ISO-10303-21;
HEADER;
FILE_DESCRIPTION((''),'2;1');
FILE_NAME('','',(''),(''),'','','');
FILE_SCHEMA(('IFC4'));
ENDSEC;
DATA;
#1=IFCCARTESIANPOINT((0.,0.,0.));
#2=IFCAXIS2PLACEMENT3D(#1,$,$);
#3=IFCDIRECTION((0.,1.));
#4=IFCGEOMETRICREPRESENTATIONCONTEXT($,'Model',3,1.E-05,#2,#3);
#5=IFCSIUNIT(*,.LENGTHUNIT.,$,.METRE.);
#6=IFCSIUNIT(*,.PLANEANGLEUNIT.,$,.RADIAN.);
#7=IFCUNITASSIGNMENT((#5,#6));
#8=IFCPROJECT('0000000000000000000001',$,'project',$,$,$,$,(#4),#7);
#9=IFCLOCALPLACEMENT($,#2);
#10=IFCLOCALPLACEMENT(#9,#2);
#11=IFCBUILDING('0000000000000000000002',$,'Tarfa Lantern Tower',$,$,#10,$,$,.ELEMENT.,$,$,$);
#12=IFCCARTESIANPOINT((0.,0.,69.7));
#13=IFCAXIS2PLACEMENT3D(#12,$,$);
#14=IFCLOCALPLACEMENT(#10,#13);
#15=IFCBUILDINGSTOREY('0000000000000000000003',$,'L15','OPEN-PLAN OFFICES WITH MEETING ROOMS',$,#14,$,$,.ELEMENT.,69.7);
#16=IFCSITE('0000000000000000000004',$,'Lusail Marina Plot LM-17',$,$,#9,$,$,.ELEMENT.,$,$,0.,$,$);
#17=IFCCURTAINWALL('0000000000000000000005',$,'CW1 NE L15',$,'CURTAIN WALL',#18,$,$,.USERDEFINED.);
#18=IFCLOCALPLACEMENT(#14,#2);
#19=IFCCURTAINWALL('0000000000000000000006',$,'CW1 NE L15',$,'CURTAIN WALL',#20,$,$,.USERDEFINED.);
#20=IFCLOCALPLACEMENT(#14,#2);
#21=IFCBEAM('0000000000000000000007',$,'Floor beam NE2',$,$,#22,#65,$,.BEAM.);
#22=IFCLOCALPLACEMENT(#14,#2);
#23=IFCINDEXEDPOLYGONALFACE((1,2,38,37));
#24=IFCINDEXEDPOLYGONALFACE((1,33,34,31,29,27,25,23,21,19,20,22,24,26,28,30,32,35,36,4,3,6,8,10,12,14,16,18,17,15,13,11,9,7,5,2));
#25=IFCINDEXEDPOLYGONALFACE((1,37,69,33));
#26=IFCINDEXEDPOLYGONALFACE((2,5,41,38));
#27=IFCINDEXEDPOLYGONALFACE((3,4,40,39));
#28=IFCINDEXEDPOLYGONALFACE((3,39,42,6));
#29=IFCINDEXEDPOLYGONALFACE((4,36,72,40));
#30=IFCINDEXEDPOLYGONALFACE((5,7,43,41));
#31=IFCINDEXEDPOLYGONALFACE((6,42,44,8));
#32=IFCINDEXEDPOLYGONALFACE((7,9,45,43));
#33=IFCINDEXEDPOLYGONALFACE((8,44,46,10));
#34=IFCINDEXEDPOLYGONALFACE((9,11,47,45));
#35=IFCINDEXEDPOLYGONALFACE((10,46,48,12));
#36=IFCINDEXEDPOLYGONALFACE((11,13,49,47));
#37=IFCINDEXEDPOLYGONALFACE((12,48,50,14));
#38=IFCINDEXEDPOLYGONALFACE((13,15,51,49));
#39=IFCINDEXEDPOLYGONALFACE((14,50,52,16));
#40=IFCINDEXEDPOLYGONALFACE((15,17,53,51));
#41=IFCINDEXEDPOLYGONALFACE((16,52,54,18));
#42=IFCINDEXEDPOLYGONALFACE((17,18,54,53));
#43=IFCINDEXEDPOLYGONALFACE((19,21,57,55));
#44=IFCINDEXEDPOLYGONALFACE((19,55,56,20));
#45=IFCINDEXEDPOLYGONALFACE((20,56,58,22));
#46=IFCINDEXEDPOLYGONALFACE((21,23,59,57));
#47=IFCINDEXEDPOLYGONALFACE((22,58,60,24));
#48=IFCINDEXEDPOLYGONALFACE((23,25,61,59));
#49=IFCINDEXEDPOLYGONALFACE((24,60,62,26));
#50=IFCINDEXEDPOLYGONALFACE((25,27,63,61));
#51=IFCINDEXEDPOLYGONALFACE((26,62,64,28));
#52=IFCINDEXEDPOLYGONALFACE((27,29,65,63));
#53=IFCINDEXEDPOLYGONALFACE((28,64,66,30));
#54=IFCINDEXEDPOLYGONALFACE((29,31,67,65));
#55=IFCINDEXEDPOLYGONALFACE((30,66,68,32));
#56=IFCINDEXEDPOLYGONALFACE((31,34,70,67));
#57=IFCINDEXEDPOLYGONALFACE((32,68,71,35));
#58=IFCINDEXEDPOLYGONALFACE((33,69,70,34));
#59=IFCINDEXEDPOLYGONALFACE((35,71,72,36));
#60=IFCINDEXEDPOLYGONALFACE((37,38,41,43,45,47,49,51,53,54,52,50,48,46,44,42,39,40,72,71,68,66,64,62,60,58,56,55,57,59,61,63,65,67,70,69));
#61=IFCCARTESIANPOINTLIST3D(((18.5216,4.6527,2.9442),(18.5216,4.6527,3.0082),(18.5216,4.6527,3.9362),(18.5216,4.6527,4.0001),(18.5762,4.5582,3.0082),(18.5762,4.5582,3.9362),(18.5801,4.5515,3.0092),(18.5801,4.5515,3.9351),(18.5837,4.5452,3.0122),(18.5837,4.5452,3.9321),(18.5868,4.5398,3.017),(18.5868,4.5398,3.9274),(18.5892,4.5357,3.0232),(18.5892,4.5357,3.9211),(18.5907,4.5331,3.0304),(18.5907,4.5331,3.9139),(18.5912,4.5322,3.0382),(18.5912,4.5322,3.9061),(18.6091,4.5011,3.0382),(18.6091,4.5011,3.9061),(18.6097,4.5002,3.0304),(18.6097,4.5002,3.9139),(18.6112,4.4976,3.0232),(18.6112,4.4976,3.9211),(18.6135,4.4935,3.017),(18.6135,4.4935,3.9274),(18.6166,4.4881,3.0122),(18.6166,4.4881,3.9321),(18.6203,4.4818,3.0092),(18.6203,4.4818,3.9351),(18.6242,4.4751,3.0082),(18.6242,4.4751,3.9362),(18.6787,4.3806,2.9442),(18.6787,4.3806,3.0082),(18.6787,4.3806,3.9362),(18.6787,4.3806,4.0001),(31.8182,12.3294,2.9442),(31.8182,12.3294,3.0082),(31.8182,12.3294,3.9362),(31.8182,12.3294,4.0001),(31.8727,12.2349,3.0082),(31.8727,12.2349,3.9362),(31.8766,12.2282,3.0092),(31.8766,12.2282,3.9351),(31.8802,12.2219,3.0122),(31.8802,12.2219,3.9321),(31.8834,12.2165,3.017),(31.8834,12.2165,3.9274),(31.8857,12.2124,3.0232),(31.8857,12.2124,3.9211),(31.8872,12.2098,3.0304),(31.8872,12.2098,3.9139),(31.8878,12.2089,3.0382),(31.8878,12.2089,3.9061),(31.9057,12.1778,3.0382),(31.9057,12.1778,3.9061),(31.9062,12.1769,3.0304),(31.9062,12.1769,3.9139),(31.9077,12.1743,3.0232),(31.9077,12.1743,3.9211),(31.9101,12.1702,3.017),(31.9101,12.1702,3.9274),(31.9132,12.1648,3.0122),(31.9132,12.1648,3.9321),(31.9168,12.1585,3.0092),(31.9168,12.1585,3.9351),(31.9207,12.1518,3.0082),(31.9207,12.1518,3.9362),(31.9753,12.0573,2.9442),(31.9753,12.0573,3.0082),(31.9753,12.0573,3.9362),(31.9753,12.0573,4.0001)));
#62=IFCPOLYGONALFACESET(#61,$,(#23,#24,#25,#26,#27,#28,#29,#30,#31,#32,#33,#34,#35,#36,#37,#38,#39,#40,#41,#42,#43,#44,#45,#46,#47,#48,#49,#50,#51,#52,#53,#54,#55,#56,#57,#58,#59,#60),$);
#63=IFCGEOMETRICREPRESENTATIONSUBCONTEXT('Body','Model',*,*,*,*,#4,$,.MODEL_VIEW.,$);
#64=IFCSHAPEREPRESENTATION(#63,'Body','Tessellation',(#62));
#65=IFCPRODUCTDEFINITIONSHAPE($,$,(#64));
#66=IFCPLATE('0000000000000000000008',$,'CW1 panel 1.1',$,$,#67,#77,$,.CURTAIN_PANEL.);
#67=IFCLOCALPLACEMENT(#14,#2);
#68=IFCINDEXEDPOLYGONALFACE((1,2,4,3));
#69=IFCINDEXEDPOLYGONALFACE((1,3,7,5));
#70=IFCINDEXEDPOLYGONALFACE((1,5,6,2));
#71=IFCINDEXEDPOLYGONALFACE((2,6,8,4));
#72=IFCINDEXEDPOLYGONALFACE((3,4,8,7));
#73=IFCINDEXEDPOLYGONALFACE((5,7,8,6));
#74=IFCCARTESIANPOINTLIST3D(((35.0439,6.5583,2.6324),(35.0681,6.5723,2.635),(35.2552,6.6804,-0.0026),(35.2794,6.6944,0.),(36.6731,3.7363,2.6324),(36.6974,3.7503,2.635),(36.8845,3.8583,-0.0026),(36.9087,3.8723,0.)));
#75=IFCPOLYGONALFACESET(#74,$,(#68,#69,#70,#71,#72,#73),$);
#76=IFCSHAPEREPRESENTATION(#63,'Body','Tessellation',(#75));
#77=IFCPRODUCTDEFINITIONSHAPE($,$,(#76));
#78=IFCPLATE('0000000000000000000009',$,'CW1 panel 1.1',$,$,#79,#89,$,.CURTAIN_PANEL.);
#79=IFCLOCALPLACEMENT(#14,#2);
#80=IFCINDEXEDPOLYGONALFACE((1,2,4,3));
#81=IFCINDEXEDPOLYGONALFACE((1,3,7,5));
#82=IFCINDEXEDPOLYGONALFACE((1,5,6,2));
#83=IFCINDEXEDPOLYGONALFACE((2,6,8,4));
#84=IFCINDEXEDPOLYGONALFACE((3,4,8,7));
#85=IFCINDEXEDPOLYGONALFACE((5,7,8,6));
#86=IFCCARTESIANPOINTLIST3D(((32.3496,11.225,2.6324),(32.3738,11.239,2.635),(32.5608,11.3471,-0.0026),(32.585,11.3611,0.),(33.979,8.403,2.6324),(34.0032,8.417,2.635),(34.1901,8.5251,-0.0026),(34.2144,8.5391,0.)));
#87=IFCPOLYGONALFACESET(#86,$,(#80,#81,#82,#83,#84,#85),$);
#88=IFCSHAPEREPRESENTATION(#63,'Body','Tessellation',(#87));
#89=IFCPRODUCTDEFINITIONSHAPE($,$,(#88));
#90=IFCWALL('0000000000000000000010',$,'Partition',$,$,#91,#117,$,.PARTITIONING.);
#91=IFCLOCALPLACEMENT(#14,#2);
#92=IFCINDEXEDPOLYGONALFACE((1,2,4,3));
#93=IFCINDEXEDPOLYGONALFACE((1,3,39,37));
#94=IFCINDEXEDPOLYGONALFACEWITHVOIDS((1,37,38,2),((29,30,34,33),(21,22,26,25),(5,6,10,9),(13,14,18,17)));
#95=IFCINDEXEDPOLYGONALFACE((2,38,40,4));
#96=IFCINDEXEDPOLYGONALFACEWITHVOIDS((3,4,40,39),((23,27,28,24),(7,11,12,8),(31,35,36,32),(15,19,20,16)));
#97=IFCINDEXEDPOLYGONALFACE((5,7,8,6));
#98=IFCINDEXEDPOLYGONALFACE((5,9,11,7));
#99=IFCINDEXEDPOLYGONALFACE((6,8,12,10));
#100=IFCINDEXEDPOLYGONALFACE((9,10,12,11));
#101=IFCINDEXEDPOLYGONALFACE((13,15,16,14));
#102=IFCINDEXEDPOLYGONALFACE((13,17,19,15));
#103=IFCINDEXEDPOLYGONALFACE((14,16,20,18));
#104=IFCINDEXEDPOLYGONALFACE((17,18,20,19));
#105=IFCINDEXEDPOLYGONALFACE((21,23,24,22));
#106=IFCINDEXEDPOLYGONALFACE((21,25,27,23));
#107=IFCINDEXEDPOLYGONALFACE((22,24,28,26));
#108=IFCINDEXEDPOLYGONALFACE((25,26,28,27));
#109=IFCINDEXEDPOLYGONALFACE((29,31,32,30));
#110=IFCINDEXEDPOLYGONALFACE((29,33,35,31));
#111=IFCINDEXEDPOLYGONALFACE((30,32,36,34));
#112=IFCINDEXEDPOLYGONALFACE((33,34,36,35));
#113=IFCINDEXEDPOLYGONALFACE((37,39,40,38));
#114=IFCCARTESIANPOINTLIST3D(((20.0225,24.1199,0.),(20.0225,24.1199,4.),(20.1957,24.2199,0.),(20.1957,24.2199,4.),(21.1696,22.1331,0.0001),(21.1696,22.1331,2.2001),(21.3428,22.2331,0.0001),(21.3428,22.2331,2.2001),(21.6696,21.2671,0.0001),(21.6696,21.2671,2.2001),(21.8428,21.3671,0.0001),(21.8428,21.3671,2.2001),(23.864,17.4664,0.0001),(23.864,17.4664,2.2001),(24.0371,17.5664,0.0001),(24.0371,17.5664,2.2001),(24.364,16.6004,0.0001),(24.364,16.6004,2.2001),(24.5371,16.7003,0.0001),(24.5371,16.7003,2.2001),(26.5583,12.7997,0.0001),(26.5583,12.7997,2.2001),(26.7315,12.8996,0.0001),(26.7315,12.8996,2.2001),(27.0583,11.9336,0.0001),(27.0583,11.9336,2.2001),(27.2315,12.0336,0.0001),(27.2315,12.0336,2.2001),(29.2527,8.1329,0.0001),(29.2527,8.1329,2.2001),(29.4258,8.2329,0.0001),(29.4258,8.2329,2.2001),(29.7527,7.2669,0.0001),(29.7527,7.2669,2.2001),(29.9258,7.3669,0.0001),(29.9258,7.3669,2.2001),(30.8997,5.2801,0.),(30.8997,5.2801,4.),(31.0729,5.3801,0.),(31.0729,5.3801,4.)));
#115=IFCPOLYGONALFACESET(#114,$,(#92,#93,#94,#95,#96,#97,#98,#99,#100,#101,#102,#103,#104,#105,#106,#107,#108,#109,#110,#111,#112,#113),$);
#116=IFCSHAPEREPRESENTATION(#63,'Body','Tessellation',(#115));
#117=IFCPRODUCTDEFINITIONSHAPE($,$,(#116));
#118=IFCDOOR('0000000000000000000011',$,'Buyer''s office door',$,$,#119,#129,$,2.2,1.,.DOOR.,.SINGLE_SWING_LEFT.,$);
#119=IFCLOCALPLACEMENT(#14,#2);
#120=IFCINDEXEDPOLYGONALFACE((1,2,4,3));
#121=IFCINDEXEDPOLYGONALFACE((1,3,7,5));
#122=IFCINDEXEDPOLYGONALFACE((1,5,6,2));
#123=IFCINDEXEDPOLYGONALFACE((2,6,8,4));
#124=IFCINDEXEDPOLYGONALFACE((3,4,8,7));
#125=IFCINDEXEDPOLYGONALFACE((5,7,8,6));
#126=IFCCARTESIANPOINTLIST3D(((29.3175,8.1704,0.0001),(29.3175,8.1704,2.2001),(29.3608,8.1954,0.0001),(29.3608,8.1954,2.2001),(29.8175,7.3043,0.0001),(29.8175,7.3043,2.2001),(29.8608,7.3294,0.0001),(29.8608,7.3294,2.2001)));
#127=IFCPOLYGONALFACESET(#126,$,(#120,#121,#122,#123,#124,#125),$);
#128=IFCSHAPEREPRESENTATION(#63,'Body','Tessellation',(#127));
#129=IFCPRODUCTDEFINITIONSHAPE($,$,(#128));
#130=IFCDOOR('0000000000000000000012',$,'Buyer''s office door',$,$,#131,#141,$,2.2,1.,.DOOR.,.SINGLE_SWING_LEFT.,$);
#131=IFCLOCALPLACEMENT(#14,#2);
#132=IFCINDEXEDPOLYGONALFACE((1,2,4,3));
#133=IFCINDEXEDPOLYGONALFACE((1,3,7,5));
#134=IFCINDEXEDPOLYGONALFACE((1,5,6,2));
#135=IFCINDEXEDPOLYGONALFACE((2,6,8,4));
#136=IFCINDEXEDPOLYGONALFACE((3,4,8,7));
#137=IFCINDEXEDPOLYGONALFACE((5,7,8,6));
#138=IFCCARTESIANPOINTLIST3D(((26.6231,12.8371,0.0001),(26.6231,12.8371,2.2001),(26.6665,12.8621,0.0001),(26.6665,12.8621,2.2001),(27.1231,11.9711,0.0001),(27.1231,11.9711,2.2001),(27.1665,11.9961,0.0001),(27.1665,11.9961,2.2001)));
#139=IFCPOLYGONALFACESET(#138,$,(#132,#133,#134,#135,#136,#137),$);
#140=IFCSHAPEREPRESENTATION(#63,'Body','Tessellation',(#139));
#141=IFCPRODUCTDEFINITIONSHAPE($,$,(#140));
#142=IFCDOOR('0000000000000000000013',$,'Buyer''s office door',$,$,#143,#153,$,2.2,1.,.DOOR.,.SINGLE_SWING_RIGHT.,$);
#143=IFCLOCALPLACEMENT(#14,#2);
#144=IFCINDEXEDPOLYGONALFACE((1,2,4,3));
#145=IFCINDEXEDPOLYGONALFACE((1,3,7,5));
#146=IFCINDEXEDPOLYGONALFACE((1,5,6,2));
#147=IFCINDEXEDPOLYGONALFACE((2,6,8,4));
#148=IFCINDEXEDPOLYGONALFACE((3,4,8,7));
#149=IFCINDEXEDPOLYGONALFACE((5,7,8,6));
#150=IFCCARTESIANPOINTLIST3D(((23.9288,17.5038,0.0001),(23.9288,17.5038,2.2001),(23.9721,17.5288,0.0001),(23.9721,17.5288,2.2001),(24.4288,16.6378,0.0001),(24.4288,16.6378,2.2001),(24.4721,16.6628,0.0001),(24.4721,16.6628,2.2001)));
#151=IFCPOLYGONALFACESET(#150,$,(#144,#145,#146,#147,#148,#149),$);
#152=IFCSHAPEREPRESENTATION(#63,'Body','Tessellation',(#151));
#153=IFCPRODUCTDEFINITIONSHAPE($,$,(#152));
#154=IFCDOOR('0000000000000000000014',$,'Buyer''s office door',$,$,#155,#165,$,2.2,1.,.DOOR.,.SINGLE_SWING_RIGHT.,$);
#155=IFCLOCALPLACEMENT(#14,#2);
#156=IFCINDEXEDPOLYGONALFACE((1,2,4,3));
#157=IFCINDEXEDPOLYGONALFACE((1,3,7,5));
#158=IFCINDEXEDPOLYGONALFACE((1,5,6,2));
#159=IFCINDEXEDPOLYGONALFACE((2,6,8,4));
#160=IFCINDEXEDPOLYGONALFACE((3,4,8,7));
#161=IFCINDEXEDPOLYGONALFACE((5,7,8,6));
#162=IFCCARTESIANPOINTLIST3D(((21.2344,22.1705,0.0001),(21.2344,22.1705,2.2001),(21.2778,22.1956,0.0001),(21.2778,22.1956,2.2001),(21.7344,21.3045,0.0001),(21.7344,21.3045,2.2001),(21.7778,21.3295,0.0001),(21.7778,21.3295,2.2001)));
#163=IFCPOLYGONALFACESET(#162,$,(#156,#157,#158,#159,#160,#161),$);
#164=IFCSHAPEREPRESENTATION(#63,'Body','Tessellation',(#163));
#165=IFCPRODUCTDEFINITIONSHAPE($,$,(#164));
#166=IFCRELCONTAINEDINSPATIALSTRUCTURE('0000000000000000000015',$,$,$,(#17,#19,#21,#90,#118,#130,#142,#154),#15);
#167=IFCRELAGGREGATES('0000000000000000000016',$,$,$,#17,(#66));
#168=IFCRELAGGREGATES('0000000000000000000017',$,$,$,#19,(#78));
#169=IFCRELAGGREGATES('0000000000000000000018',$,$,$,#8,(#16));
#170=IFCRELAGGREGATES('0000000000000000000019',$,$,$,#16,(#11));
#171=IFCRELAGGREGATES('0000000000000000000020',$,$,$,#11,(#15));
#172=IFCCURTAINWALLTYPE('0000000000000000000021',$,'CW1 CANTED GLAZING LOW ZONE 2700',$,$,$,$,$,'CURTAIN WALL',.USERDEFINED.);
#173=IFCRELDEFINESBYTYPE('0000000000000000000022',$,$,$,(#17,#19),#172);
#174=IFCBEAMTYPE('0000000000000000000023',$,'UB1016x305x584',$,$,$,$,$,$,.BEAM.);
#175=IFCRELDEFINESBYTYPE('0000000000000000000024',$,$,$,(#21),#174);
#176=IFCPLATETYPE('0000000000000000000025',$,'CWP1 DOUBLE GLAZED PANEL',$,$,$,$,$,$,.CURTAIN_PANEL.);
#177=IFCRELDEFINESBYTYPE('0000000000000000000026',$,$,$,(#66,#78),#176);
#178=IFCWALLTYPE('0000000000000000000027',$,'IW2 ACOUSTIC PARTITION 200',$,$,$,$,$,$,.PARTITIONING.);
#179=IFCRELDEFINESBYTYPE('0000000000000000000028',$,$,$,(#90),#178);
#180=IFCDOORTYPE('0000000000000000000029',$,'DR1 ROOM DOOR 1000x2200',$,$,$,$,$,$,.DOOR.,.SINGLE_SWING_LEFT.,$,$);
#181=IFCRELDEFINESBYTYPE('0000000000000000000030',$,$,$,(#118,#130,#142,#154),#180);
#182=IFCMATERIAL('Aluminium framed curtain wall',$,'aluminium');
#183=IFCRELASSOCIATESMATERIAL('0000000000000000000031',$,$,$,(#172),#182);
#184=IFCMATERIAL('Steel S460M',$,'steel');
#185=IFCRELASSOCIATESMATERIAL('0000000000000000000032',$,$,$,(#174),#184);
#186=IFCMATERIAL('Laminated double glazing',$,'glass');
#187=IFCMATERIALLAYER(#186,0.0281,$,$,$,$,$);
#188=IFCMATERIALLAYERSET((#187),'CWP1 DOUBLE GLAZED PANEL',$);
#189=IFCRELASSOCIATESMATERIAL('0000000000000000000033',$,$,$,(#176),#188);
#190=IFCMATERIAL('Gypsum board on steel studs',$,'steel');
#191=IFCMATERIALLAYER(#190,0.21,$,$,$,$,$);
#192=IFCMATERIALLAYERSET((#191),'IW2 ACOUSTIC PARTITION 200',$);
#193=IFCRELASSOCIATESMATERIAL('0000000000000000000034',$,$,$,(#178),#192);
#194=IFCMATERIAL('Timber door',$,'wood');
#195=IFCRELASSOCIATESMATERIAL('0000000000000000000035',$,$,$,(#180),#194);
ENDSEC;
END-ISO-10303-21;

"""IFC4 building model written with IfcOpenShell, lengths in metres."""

from ifc_helpers import new_model, si_unit, direction, frame, frame_2d, origin, origin_2d, place, context, subcontext, project, spatial, polyline, rectangle, i_section, outline, extrude, material, layer, layer_set, material_profile, profile_set, type_object, element, fill, aggregate, save


model = new_model("IFC4")

# Units and contexts
model_context = context("Model", 3, precision=1e-05, world=origin(), true_north=direction((0.0, 1.0)))
body_context = subcontext(model_context, "Body", "Model", "MODEL_VIEW")
ifc_project = project(units=[si_unit("LENGTHUNIT", "METRE"), si_unit("PLANEANGLEUNIT", "RADIAN")], contexts=[model_context])

# Site, building, storey
site_placement = place(None, origin())
site = spatial("IfcSite", under=ifc_project, at=site_placement, Name="Lusail Marina Plot LM-17", CompositionType="ELEMENT", RefElevation=0.0)
building_placement = place(site_placement, origin())
building = spatial("IfcBuilding", under=site, at=building_placement, Name="Tarfa Lantern Tower", CompositionType="ELEMENT")
storey_placement = place(building_placement, frame((0.0, 0.0, 69.7)))
storey = spatial("IfcBuildingStorey", under=building, at=storey_placement, Name="L15", Description="OPEN-PLAN OFFICES WITH MEETING ROOMS", CompositionType="ELEMENT", Elevation=69.7)

# Curtain walls
ifc_material_1 = material(Name="Aluminium framed curtain wall", Category="aluminium")
curtain_wall_type = type_object("IfcCurtainWallType", Name="CW1 CANTED GLAZING LOW ZONE 2700", ElementType="CURTAIN WALL", PredefinedType="USERDEFINED", material=ifc_material_1)
curtain_wall_1_placement = place(storey_placement, origin())
curtain_wall_1 = element("IfcCurtainWall", 1, at=curtain_wall_1_placement, inside=storey, type_object=curtain_wall_type, Name="CW1 NE L15", ObjectType="CURTAIN WALL", PredefinedType="USERDEFINED")
curtain_wall_2_placement = place(storey_placement, origin())
curtain_wall_2 = element("IfcCurtainWall", 2, at=curtain_wall_2_placement, inside=storey, type_object=curtain_wall_type, Name="CW1 NE L15", ObjectType="CURTAIN WALL", PredefinedType="USERDEFINED")

# Beam
ifc_material_2 = material(Name="Steel S460M", Category="steel")
ifc_material_profile_1 = material_profile(ifc_material_2, i_section(OverallWidth=0.3142, OverallDepth=1.0559, WebThickness=0.0359, FlangeThickness=0.064, FilletRadius=0.03, at=origin_2d()), Name="UB1016x305x584")
ifc_profile_set_1 = profile_set([ifc_material_profile_1], Name="Steel S460M")
beam_type_1 = type_object("IfcBeamType", Name="UB1016x305x584", PredefinedType="BEAM", material=ifc_profile_set_1)
beam_1_placement = place(storey_placement, frame((31.8967, 12.1934, 3.4722), z_axis=(-0.866027, -0.499997, 0.0), x_axis=(0.499997, -0.866027, 0.0)))
element("IfcBeam", 3, at=beam_1_placement, inside=storey, type_object=beam_type_1, Name="Floor beam NE2", PredefinedType="BEAM", context=body_context, shape_type="SweptSolid", body=[
    extrude(i_section(OverallWidth=0.3142, OverallDepth=1.0559, WebThickness=0.0359, FlangeThickness=0.064, FilletRadius=0.03, at=origin_2d()), origin(), (0.0, 0.0, 1.0), 15.3535),
])

# Plates
ifc_material_3 = material(Name="Laminated double glazing", Category="glass")
ifc_layer_1 = layer(ifc_material_3, 0.0281)
ifc_layer_set_1 = layer_set([ifc_layer_1], Name="CWP1 DOUBLE GLAZED PANEL")
plate_type = type_object("IfcPlateType", Name="CWP1 DOUBLE GLAZED PANEL", PredefinedType="CURTAIN_PANEL", material=ifc_layer_set_1)
plate_1_placement = place(storey_placement, frame((36.9087, 3.8723, 0.0), z_axis=(0.862338, 0.497864, 0.092216), x_axis=(-0.499995, 0.866028, 0.000003)))
plate_1 = element("IfcPlate", 4, at=plate_1_placement, type_object=plate_type, Name="CW1 panel 1.1", PredefinedType="CURTAIN_PANEL", context=body_context, shape_type="SweptSolid", body=[
    extrude(outline(polyline([(0.0, 0.0), (3.2586, 0.0), (3.2585, 2.6463), (0.0, 2.6463), (0.0, 0.0)])), origin(), (0.0, 0.0, -1.0), 0.0281),
])
aggregate(curtain_wall_1, [plate_1])
plate_2_placement = place(storey_placement, frame((34.2144, 8.5391, 0.0), z_axis=(0.862325, 0.497894, 0.092176), x_axis=(-0.500023, 0.866012, 0.0)))
plate_2 = element("IfcPlate", 5, at=plate_2_placement, type_object=plate_type, Name="CW1 panel 1.1", PredefinedType="CURTAIN_PANEL", context=body_context, shape_type="SweptSolid", body=[
    extrude(outline(polyline([(0.0, 0.0), (3.2586, 0.0), (3.2585, 2.6463), (-0.0001, 2.6463), (0.0, 0.0)])), origin(), (0.0, 0.0, -1.0), 0.0281),
])
aggregate(curtain_wall_2, [plate_2])

# Wall, openings, doors
ifc_material_4 = material(Name="Gypsum board on steel studs", Category="steel")
ifc_layer_2 = layer(ifc_material_4, 0.21)
ifc_layer_set_2 = layer_set([ifc_layer_2], Name="IW2 ACOUSTIC PARTITION 200")
wall_type = type_object("IfcWallType", Name="IW2 ACOUSTIC PARTITION 200", PredefinedType="PARTITIONING", material=ifc_layer_set_2)
wall_1_placement = place(storey_placement, frame((30.9863, 5.3301, 0.0), z_axis=(0.0, 0.0, 1.0), x_axis=(-0.5, 0.866025, 0.0)))
wall_1 = element("IfcWall", 6, at=wall_1_placement, inside=storey, type_object=wall_type, Name="Partition", PredefinedType="PARTITIONING", context=body_context, shape_type="SweptSolid", body=[
    extrude(rectangle(XDim=21.7544, YDim=0.2, at=frame_2d((10.8772, 0.0))), origin(), (0.0, 0.0, 1.0), 4.0),
])
opening_1_placement = place(wall_1_placement, frame((2.2942, 0.0, 0.0)))
opening_1 = element("IfcOpeningElement", 7, at=opening_1_placement, cuts=wall_1, PredefinedType="OPENING", context=body_context, shape_type="SweptSolid", body=[
    extrude(rectangle(XDim=1.0, YDim=2.2, at=frame_2d((0.5, 1.1001))), frame((0.0, 0.1099, 0.0), z_axis=(0.0, -1.0, 0.0), x_axis=(1.0, 0.0, 0.0)), (0.0, 0.0, 1.0), 0.22),
])
opening_2_placement = place(wall_1_placement, frame((7.6829, 0.0, 0.0)))
opening_2 = element("IfcOpeningElement", 8, at=opening_2_placement, cuts=wall_1, PredefinedType="OPENING", context=body_context, shape_type="SweptSolid", body=[
    extrude(rectangle(XDim=1.0, YDim=2.2, at=frame_2d((0.5, 1.1001))), frame((0.0, 0.1099, 0.0), z_axis=(0.0, -1.0, 0.0), x_axis=(1.0, 0.0, 0.0)), (0.0, 0.0, 1.0), 0.22),
])
opening_3_placement = place(wall_1_placement, frame((13.0715, 0.0, 0.0)))
opening_3 = element("IfcOpeningElement", 9, at=opening_3_placement, cuts=wall_1, PredefinedType="OPENING", context=body_context, shape_type="SweptSolid", body=[
    extrude(rectangle(XDim=1.0, YDim=2.2, at=frame_2d((0.5, 1.1001))), frame((0.0, 0.1099, 0.0), z_axis=(0.0, -1.0, 0.0), x_axis=(1.0, 0.0, 0.0)), (0.0, 0.0, 1.0), 0.22),
])
opening_4_placement = place(wall_1_placement, frame((18.4602, 0.0, 0.0)))
opening_4 = element("IfcOpeningElement", 10, at=opening_4_placement, cuts=wall_1, PredefinedType="OPENING", context=body_context, shape_type="SweptSolid", body=[
    extrude(rectangle(XDim=1.0, YDim=2.2, at=frame_2d((0.5, 1.1001))), frame((0.0, 0.1099, 0.0), z_axis=(0.0, -1.0, 0.0), x_axis=(1.0, 0.0, 0.0)), (0.0, 0.0, 1.0), 0.22),
])
ifc_material_5 = material(Name="Timber door", Category="wood")
door_type = type_object("IfcDoorType", Name="DR1 ROOM DOOR 1000x2200", OperationType="SINGLE_SWING_LEFT", PredefinedType="DOOR", material=ifc_material_5)
door_1_placement = place(opening_1_placement, frame((1.0, 0.0, 0.0), z_axis=(0.0, 0.0, 1.0), x_axis=(-1.0, 0.0, 0.0)))
door_1 = element("IfcDoor", 11, at=door_1_placement, inside=storey, type_object=door_type, Name="Buyer's office door", OperationType="SINGLE_SWING_LEFT", OverallHeight=2.2, OverallWidth=1.0, PredefinedType="DOOR", context=body_context, shape_type="SweptSolid", body=[
    extrude(rectangle(XDim=1.0, YDim=2.2, at=frame_2d((0.5, 1.1001))), frame((0.0, 0.0249, 0.0), z_axis=(0.0, -1.0, 0.0), x_axis=(1.0, 0.0, 0.0)), (0.0, 0.0, 1.0), 0.05),
])
fill(opening_1, door_1)
door_2_placement = place(opening_2_placement, frame((1.0, 0.0, 0.0), z_axis=(0.0, 0.0, 1.0), x_axis=(-1.0, 0.0, 0.0)))
door_2 = element("IfcDoor", 12, at=door_2_placement, inside=storey, type_object=door_type, Name="Buyer's office door", OperationType="SINGLE_SWING_LEFT", OverallHeight=2.2, OverallWidth=1.0, PredefinedType="DOOR", context=body_context, shape_type="SweptSolid", body=[
    extrude(rectangle(XDim=1.0, YDim=2.2, at=frame_2d((0.5, 1.1001))), frame((0.0, 0.0249, 0.0), z_axis=(0.0, -1.0, 0.0), x_axis=(1.0, 0.0, 0.0)), (0.0, 0.0, 1.0), 0.05),
])
fill(opening_2, door_2)
door_3_placement = place(opening_3_placement, frame((1.0, 0.0, 0.0), z_axis=(0.0, 0.0, 1.0), x_axis=(-1.0, 0.0, 0.0)))
door_3 = element("IfcDoor", 13, at=door_3_placement, inside=storey, type_object=door_type, Name="Buyer's office door", OperationType="SINGLE_SWING_RIGHT", OverallHeight=2.2, OverallWidth=1.0, PredefinedType="DOOR", context=body_context, shape_type="SweptSolid", body=[
    extrude(rectangle(XDim=1.0, YDim=2.2, at=frame_2d((0.5, 1.1001))), frame((0.0, 0.0249, 0.0), z_axis=(0.0, -1.0, 0.0), x_axis=(1.0, 0.0, 0.0)), (0.0, 0.0, 1.0), 0.05),
])
fill(opening_3, door_3)
door_4_placement = place(opening_4_placement, frame((1.0, 0.0, 0.0), z_axis=(0.0, 0.0, 1.0), x_axis=(-1.0, 0.0, 0.0)))
door_4 = element("IfcDoor", 14, at=door_4_placement, inside=storey, type_object=door_type, Name="Buyer's office door", OperationType="SINGLE_SWING_RIGHT", OverallHeight=2.2, OverallWidth=1.0, PredefinedType="DOOR", context=body_context, shape_type="SweptSolid", body=[
    extrude(rectangle(XDim=1.0, YDim=2.2, at=frame_2d((0.5, 1.1001))), frame((0.0, 0.0249, 0.0), z_axis=(0.0, -1.0, 0.0), x_axis=(1.0, 0.0, 0.0)), (0.0, 0.0, 1.0), 0.05),
])
fill(opening_4, door_4)

save(model, "model.ifc")
